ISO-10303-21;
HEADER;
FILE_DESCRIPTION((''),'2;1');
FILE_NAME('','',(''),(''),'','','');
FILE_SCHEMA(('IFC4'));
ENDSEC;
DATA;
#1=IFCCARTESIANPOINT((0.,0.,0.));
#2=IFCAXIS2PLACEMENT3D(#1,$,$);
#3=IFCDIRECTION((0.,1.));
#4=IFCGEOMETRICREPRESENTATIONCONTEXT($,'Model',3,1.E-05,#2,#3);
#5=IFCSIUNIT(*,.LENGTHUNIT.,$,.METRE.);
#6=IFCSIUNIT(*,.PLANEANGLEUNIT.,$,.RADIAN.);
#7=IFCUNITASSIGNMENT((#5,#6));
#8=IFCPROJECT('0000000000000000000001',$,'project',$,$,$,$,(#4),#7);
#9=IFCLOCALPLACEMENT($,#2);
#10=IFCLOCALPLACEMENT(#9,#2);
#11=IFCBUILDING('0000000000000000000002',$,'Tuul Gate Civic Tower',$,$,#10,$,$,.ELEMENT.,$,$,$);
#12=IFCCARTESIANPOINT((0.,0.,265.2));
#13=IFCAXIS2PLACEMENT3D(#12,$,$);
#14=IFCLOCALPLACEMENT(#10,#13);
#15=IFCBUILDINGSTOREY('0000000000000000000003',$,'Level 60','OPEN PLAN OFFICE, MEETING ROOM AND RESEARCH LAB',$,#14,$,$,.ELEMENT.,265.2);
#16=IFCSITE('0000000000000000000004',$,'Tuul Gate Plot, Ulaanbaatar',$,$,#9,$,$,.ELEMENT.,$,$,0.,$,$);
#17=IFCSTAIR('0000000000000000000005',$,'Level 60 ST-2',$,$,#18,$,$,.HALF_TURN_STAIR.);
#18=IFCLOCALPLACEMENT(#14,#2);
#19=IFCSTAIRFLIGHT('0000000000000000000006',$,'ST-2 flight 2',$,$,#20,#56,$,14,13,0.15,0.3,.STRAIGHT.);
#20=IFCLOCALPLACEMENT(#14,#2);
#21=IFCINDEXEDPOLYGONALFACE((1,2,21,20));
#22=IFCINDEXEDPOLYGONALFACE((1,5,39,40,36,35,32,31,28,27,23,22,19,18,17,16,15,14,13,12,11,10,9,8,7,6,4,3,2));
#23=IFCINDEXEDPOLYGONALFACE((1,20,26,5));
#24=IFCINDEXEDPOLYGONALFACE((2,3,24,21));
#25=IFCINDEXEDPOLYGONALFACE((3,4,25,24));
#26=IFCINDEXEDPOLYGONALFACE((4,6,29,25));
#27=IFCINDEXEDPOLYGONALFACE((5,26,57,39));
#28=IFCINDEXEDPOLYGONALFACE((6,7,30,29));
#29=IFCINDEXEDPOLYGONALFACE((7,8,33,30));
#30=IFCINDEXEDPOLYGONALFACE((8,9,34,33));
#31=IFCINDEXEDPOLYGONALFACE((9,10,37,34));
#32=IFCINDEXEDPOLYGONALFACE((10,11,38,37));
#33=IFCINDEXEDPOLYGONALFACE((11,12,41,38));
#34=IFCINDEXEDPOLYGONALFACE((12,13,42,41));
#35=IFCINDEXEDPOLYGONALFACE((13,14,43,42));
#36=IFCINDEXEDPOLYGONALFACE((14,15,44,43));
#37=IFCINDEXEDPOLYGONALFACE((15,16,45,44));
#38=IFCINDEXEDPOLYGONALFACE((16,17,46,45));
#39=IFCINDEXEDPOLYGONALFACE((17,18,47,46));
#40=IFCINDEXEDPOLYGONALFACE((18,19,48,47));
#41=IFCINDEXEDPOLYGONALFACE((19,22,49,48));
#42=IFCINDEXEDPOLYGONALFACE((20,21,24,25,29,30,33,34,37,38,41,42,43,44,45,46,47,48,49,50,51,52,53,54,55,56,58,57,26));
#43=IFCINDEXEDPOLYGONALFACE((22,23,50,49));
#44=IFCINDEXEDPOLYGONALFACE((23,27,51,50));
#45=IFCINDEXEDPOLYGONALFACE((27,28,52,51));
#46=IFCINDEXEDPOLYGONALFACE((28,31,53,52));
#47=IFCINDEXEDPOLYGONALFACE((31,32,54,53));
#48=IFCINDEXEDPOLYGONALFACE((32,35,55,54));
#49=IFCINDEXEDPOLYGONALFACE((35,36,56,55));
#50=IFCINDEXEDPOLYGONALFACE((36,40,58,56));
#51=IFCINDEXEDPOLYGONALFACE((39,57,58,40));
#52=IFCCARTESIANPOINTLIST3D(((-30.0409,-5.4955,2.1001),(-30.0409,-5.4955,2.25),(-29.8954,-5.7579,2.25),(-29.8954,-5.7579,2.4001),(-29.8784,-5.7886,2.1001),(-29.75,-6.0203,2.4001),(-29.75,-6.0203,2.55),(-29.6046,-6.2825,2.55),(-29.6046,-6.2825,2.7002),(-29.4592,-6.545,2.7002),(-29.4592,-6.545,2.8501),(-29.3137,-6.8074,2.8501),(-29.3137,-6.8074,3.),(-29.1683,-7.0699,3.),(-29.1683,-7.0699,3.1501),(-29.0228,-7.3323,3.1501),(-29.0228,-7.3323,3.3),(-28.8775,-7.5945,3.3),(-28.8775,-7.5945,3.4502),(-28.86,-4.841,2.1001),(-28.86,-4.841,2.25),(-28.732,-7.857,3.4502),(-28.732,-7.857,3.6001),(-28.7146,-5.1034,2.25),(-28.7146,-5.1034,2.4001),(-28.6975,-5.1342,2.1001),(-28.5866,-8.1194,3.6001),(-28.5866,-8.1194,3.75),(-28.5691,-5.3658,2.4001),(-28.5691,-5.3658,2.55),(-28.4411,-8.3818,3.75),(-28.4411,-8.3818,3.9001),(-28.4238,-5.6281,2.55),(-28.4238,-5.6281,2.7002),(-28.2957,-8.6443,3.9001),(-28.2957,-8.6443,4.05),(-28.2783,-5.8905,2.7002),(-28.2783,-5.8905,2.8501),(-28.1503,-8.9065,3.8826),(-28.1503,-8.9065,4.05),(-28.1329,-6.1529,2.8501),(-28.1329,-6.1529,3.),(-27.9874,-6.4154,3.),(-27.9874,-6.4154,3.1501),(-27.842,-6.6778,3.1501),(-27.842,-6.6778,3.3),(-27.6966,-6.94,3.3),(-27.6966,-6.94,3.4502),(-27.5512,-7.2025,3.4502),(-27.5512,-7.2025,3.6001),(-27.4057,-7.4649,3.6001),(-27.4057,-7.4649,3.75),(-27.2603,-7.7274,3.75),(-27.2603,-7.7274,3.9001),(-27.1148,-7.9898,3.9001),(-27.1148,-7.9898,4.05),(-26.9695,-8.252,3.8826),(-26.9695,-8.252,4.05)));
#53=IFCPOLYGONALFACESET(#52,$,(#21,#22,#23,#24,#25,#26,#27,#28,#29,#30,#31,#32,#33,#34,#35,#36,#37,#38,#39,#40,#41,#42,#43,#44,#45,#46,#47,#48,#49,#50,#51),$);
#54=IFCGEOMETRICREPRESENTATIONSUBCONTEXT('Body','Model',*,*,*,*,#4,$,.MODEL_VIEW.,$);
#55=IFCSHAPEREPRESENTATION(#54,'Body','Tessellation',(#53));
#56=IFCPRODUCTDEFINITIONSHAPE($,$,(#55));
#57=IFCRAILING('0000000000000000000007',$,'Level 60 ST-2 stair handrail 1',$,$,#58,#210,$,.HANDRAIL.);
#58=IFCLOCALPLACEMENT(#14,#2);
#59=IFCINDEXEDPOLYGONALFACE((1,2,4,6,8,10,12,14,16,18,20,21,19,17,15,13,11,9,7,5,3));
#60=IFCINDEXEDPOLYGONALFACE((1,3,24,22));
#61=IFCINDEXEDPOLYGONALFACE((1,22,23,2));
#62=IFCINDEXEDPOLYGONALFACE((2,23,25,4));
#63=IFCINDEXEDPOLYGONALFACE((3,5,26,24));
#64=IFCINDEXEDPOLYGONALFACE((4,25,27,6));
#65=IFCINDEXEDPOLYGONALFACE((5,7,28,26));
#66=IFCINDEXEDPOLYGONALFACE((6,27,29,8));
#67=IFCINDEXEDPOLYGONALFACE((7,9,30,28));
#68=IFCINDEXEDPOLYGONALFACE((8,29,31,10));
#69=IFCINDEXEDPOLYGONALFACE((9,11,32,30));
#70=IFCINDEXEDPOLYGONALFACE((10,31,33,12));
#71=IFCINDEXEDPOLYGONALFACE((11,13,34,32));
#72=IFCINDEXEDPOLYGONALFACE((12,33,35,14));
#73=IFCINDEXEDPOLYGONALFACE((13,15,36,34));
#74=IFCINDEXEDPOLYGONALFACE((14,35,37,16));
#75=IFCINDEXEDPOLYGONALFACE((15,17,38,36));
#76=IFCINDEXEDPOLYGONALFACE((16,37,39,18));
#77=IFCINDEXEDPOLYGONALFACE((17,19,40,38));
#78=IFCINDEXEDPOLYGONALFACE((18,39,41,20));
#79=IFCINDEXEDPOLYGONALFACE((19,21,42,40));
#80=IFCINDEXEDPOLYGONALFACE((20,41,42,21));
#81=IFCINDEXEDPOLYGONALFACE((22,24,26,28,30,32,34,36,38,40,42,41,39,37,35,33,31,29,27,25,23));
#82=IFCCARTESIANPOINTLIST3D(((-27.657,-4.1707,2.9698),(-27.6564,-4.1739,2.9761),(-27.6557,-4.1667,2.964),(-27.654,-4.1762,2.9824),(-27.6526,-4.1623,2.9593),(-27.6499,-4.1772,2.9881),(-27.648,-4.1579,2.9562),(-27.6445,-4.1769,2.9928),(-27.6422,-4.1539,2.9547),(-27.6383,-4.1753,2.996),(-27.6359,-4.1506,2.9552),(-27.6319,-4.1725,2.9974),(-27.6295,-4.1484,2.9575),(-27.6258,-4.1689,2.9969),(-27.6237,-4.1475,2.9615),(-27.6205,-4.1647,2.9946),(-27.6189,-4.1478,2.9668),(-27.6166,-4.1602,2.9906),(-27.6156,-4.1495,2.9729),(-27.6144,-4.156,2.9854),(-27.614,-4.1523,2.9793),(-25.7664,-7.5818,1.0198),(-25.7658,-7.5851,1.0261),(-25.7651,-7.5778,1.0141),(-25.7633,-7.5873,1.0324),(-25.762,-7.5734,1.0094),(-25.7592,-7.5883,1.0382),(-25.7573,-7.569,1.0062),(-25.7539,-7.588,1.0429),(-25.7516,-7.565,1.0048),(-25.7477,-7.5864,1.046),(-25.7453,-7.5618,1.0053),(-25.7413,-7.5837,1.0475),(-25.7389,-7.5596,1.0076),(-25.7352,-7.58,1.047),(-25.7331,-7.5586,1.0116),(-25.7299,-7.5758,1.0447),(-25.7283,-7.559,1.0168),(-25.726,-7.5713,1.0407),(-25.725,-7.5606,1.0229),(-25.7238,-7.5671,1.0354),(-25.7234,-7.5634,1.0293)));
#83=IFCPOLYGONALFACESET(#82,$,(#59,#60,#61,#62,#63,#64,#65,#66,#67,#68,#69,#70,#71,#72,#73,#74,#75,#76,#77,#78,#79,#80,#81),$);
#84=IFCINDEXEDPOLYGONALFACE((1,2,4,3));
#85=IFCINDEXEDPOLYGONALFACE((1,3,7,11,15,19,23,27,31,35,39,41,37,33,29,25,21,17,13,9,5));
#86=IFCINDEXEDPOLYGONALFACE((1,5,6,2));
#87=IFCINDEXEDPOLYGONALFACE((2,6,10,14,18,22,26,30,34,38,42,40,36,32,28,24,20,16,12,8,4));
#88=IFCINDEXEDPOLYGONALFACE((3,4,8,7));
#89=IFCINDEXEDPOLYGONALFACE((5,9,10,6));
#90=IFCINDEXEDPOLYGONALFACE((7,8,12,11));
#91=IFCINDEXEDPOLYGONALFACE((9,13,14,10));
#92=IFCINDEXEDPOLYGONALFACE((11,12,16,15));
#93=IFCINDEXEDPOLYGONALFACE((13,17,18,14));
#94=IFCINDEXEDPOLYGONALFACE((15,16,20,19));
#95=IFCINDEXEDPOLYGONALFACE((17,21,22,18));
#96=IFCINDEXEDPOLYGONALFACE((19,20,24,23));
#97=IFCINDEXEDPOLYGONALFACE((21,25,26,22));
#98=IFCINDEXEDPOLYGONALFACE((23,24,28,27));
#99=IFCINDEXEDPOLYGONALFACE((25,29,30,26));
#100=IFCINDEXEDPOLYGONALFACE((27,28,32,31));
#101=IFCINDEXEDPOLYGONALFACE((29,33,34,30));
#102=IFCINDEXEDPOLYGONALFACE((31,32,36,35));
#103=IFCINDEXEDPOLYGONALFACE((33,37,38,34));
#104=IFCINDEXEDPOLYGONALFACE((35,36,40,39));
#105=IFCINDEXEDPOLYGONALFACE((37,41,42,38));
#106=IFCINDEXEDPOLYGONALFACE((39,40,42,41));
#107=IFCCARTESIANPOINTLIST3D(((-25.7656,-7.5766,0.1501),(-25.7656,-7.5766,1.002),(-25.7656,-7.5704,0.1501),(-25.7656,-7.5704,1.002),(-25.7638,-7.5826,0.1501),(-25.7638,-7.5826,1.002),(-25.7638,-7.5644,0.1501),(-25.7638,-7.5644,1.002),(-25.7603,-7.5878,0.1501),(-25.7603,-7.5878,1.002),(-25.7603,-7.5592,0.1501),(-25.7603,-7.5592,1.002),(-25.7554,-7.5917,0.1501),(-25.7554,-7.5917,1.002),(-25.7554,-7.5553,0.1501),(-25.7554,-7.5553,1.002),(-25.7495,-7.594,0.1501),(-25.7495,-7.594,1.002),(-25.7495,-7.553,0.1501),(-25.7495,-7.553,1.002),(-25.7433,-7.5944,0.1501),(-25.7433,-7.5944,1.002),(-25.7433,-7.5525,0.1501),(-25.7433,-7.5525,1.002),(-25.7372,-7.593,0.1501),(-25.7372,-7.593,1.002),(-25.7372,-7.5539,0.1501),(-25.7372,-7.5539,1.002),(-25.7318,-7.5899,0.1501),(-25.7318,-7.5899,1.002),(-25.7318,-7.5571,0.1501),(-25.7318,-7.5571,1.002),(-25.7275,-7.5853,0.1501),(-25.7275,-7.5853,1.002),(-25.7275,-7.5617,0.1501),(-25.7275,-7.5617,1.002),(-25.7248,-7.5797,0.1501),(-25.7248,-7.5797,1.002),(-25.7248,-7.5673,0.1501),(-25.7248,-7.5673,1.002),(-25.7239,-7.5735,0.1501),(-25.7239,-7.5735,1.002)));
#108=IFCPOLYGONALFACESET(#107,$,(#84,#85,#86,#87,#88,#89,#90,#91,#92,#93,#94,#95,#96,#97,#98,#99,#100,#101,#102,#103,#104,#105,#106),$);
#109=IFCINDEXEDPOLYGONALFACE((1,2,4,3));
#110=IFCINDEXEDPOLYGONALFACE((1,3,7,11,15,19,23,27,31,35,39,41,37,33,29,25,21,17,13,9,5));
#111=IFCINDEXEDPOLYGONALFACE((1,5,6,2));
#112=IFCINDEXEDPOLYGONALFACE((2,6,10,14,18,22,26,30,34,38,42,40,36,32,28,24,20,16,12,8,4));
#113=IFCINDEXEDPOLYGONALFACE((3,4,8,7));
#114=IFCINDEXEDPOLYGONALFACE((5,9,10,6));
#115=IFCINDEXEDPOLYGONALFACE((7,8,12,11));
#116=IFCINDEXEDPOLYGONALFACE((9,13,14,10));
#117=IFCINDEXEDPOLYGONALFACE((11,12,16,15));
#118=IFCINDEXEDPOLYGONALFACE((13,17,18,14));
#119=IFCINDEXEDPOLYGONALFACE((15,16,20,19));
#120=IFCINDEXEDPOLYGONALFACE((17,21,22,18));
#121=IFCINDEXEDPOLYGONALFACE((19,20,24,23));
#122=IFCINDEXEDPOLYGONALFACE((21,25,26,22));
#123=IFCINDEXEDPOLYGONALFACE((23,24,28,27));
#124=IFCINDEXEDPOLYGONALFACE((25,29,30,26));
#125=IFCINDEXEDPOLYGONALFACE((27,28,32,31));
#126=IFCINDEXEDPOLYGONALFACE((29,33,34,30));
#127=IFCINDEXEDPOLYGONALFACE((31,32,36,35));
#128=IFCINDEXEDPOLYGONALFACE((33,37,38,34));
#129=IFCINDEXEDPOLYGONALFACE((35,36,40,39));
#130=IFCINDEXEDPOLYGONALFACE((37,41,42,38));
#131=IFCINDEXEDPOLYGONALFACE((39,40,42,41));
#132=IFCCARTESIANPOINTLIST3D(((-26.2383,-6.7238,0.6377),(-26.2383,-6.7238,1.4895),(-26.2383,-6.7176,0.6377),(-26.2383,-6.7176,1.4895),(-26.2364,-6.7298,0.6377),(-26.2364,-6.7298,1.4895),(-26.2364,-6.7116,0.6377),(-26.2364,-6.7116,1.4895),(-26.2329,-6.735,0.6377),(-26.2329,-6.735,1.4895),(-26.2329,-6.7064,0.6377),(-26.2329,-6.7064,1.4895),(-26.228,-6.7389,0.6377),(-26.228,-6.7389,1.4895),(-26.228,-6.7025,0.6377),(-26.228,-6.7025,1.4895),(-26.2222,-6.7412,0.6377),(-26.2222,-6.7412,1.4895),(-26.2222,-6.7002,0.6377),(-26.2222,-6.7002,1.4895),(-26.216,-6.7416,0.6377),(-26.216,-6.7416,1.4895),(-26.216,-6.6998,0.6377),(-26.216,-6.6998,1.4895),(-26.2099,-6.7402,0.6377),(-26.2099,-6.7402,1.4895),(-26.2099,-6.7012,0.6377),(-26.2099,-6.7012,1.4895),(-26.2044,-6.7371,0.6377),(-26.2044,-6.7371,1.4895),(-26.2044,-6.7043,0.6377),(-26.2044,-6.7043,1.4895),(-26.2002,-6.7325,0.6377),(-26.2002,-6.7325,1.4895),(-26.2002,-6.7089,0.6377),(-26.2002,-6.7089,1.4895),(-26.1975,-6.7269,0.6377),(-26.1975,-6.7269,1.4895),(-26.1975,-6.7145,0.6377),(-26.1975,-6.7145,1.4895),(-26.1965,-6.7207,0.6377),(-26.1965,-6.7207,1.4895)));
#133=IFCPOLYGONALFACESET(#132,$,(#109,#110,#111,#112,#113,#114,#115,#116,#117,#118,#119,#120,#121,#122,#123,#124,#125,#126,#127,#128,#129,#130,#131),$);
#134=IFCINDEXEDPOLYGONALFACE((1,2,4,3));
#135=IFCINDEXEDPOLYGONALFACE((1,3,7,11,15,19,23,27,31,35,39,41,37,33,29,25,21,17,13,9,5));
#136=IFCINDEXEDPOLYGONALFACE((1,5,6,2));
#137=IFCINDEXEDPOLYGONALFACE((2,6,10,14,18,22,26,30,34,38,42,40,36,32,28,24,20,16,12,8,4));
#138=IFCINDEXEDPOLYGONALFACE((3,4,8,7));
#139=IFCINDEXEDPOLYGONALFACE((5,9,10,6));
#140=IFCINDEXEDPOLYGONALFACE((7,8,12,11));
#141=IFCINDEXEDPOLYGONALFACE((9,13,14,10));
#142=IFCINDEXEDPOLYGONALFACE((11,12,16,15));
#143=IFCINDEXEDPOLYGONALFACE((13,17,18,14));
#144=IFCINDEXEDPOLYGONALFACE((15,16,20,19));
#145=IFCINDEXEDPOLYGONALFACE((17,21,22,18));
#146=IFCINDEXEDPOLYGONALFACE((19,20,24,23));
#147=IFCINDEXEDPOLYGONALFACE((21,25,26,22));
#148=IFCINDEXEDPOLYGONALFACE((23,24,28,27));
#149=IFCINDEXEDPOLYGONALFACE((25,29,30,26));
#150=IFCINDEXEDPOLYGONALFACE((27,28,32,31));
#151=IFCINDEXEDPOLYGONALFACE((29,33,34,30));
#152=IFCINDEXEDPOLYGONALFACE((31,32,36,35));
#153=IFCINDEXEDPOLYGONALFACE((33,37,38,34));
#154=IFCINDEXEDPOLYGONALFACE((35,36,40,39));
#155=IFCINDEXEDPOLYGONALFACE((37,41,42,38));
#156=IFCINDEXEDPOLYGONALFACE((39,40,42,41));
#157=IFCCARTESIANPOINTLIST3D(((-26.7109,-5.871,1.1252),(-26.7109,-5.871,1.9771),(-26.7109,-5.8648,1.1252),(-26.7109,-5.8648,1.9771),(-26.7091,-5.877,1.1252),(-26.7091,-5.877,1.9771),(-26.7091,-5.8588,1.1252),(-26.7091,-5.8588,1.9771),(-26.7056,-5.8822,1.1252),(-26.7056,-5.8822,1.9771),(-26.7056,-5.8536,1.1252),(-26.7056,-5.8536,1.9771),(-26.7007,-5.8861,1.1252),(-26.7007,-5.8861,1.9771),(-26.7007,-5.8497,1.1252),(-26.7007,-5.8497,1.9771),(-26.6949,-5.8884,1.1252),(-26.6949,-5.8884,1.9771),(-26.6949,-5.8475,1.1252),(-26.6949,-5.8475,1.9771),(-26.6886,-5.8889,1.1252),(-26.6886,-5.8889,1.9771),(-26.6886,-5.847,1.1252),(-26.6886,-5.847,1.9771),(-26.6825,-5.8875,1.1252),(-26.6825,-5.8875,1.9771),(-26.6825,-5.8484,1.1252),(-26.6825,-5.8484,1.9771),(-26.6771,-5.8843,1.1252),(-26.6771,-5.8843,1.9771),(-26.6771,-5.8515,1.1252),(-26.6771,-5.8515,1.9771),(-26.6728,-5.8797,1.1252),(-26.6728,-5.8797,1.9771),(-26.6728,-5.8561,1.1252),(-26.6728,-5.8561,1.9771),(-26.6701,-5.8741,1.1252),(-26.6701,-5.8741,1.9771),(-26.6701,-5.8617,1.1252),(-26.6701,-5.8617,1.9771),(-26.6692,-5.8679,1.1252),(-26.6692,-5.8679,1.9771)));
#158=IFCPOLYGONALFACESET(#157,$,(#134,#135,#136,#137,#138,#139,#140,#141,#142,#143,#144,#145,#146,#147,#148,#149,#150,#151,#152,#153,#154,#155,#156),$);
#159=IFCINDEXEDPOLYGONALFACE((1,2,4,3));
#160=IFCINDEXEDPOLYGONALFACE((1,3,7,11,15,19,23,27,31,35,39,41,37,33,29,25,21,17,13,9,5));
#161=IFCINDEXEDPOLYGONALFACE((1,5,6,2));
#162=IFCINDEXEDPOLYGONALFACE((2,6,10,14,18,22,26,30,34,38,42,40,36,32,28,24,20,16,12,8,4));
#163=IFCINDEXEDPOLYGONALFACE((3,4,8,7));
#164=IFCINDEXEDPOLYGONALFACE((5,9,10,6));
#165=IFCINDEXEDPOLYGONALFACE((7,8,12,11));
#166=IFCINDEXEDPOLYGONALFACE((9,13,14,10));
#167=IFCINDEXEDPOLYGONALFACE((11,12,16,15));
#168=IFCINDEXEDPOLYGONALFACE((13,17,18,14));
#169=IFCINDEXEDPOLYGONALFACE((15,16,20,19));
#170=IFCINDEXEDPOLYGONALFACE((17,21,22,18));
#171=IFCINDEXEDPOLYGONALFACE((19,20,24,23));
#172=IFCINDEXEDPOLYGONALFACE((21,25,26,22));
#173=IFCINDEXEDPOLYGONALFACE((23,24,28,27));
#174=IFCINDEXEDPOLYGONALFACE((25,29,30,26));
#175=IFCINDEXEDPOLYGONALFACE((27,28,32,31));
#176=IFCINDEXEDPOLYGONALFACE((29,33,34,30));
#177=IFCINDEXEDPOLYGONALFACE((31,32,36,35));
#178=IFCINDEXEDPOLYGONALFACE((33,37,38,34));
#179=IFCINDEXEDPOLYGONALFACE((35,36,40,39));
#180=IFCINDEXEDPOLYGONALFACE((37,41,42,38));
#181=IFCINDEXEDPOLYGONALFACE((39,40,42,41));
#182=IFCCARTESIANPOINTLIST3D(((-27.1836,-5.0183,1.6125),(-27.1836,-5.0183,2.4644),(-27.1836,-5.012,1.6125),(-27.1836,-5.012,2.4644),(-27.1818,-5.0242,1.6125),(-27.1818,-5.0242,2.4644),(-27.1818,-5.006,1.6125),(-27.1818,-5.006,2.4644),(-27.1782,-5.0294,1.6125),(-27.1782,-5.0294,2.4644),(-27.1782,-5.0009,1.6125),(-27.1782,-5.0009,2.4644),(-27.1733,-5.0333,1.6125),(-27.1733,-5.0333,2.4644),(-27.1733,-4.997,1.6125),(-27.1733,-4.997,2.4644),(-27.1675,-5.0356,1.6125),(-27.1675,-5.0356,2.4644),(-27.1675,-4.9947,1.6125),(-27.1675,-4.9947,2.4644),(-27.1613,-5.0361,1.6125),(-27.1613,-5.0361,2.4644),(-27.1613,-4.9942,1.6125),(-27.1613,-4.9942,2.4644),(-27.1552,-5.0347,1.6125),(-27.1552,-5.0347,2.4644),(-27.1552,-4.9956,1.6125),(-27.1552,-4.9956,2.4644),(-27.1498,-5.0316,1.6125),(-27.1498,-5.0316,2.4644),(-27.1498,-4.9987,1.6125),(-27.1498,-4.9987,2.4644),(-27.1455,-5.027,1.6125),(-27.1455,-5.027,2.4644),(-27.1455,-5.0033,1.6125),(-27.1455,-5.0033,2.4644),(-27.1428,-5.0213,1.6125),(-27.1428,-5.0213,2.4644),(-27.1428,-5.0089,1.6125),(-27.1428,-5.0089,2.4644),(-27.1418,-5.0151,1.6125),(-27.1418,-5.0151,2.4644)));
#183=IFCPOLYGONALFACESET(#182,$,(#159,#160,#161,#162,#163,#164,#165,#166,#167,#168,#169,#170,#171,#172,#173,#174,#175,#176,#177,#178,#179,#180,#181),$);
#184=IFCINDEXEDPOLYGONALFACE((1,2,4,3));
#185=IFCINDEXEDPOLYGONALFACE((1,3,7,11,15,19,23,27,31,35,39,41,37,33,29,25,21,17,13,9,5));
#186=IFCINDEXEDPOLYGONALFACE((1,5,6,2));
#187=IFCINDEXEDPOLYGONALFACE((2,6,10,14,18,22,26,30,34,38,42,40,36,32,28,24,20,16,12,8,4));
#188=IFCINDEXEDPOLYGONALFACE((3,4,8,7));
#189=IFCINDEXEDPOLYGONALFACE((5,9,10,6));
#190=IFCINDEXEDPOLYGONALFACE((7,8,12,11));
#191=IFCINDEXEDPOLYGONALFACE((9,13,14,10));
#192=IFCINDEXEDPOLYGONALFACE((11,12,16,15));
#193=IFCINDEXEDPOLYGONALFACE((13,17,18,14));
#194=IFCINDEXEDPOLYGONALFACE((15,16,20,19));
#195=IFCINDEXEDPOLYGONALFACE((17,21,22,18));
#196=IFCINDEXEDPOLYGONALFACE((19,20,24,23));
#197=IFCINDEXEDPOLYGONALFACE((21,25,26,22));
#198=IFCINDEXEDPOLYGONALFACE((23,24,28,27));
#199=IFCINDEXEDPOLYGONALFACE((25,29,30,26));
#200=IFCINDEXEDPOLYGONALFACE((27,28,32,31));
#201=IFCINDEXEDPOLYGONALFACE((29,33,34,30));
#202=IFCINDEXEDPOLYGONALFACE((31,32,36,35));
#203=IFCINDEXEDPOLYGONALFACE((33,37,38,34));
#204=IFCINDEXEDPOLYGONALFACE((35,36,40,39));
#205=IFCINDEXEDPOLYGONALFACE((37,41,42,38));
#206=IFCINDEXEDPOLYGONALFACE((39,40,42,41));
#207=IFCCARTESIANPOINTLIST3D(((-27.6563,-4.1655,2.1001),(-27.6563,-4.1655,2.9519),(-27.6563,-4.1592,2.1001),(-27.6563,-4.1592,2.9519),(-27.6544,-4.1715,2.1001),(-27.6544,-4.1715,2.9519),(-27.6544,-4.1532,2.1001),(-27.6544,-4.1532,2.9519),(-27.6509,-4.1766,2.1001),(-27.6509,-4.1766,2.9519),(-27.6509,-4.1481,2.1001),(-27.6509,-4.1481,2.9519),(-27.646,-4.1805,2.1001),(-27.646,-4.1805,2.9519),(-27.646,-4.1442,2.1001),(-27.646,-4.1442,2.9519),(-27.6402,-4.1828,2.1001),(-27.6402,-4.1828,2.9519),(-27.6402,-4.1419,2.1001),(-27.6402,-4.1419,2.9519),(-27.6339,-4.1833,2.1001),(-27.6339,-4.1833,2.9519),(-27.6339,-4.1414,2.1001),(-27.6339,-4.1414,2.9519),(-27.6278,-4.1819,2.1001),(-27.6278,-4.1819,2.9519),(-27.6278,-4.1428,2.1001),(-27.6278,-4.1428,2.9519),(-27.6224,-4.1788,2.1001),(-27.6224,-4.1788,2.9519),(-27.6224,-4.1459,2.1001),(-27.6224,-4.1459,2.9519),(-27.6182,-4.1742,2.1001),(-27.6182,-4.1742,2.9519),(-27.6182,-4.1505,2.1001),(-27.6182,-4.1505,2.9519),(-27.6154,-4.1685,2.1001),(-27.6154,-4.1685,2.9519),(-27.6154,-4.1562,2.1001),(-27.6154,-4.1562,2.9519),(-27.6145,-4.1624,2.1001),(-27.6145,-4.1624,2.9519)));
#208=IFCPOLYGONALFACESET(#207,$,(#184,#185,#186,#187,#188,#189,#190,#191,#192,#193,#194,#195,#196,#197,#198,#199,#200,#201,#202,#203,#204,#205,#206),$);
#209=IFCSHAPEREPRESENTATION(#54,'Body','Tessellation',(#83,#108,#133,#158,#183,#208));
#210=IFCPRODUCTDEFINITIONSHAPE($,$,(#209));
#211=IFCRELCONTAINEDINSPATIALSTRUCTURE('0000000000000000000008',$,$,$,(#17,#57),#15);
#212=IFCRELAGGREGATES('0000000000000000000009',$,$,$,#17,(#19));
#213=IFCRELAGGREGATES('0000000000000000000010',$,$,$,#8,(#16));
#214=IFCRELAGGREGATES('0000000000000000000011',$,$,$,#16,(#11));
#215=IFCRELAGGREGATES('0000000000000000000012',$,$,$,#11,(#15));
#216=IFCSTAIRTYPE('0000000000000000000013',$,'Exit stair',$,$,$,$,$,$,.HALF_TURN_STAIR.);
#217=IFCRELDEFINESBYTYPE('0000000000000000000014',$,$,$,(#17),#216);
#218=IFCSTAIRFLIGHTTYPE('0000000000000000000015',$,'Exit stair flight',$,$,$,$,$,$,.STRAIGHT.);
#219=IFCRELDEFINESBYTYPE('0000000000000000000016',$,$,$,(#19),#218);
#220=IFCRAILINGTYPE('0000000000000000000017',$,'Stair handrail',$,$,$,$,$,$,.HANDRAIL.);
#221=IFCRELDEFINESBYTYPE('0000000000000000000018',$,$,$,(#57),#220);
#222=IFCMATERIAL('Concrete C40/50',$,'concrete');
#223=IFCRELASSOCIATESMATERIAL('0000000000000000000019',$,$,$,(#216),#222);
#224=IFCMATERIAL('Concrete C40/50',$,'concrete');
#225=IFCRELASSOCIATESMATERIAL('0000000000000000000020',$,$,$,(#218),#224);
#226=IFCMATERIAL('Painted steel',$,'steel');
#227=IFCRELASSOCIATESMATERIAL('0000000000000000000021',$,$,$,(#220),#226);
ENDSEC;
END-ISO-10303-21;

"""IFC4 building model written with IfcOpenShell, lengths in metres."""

from ifc_helpers import new_model, si_unit, direction, frame, origin, origin_2d, place, context, subcontext, project, spatial, polyline, circle, outline, extrude, material, type_object, element, aggregate, save


model = new_model("IFC4")

# Units and contexts
model_context = context("Model", 3, precision=1e-05, world=origin(), true_north=direction((0.0, 1.0)))
body_context = subcontext(model_context, "Body", "Model", "MODEL_VIEW")
ifc_project = project(units=[si_unit("LENGTHUNIT", "METRE"), si_unit("PLANEANGLEUNIT", "RADIAN")], contexts=[model_context])

# Site, building, storey
site_placement = place(None, origin())
site = spatial("IfcSite", under=ifc_project, at=site_placement, Name="Tuul Gate Plot, Ulaanbaatar", CompositionType="ELEMENT", RefElevation=0.0)
building_placement = place(site_placement, origin())
building = spatial("IfcBuilding", under=site, at=building_placement, Name="Tuul Gate Civic Tower", CompositionType="ELEMENT")
storey_placement = place(building_placement, frame((0.0, 0.0, 265.2)))
storey = spatial("IfcBuildingStorey", under=building, at=storey_placement, Name="Level 60", Description="OPEN PLAN OFFICE, MEETING ROOM AND RESEARCH LAB", CompositionType="ELEMENT", Elevation=265.2)

# Stair, stair flight
ifc_material_1 = material(Name="Concrete C40/50", Category="concrete")
stair_type = type_object("IfcStairType", Name="Exit stair", PredefinedType="HALF_TURN_STAIR", material=ifc_material_1)
stair_placement = place(storey_placement, origin())
stair = element("IfcStair", 1, at=stair_placement, inside=storey, type_object=stair_type, Name="Level 60 ST-2", PredefinedType="HALF_TURN_STAIR")
ifc_material_2 = material(Name="Concrete C40/50", Category="concrete")
stair_flight_type = type_object("IfcStairFlightType", Name="Exit stair flight", PredefinedType="STRAIGHT", material=ifc_material_2)
stair_flight_1_placement = place(storey_placement, frame((-29.4504, -5.1682, 2.1001), z_axis=(0.0, 0.0, 1.0), x_axis=(0.484762, -0.874646, 0.0)))
stair_flight_1 = element("IfcStairFlight", 2, at=stair_flight_1_placement, type_object=stair_flight_type, Name="ST-2 flight 2", NumberOfRisers=14, NumberOfTreads=13, PredefinedType="STRAIGHT", RiserHeight=0.15, TreadLength=0.3, context=body_context, shape_type="SweptSolid", body=[
    extrude(outline(polyline([(0.0, 0.0), (0.0, 0.1499), (0.3, 0.1499), (0.3, 0.3), (0.6001, 0.3), (0.6001, 0.45), (0.8999, 0.45), (0.8999, 0.6001), (1.2, 0.6001), (1.2, 0.75), (1.5, 0.75), (1.5, 0.8999), (1.8, 0.8999), (1.8, 1.05), (2.1001, 1.05), (2.1001, 1.2), (2.3999, 1.2), (2.3999, 1.3501), (2.7, 1.3501), (2.7, 1.5), (3.0, 1.5), (3.0, 1.6499), (3.3, 1.6499), (3.3, 1.8), (3.6001, 1.8), (3.6001, 1.95), (3.8999, 1.95), (3.8999, 2.1001), (3.8999, 1.7825), (0.3352, 0.0), (0.0, 0.0)])), frame((0.0, 0.675, 0.0), z_axis=(0.0, -1.0, 0.0), x_axis=(1.0, 0.0, 0.0)), (0.0, 0.0, 1.0), 1.3501),
])
aggregate(stair, [stair_flight_1])

# Railing
ifc_material_3 = material(Name="Painted steel", Category="steel")
railing_type_1 = type_object("IfcRailingType", Name="Stair handrail", PredefinedType="HANDRAIL", material=ifc_material_3)
railing_1_placement = place(storey_placement, frame((-25.7449, -7.5735, 0.1501)))
element("IfcRailing", 3, at=railing_1_placement, inside=storey, type_object=railing_type_1, Name="Level 60 ST-2 stair handrail 1", PredefinedType="HANDRAIL", context=body_context, shape_type="SweptSolid", body=[
    extrude(circle(Radius=0.0239, at=origin_2d()), frame((0.0, 0.0, 0.876), z_axis=(-0.433595, 0.782308, 0.447201), x_axis=(-0.874641, -0.484771, 0.0)), (0.0, 0.0, 1.0), 4.3604),
    extrude(circle(Radius=0.021, at=origin_2d()), origin(), (0.0, 0.0, 1.0), 0.8518),
    extrude(circle(Radius=0.021, at=origin_2d()), frame((-0.4727, 0.8528, 0.4875)), (0.0, 0.0, 1.0), 0.8518),
    extrude(circle(Radius=0.021, at=origin_2d()), frame((-0.9453, 1.7056, 0.9751)), (0.0, 0.0, 1.0), 0.8518),
    extrude(circle(Radius=0.021, at=origin_2d()), frame((-1.418, 2.5583, 1.4624)), (0.0, 0.0, 1.0), 0.8518),
    extrude(circle(Radius=0.021, at=origin_2d()), frame((-1.8906, 3.4111, 1.95)), (0.0, 0.0, 1.0), 0.8518),
])

save(model, "model.ifc")
